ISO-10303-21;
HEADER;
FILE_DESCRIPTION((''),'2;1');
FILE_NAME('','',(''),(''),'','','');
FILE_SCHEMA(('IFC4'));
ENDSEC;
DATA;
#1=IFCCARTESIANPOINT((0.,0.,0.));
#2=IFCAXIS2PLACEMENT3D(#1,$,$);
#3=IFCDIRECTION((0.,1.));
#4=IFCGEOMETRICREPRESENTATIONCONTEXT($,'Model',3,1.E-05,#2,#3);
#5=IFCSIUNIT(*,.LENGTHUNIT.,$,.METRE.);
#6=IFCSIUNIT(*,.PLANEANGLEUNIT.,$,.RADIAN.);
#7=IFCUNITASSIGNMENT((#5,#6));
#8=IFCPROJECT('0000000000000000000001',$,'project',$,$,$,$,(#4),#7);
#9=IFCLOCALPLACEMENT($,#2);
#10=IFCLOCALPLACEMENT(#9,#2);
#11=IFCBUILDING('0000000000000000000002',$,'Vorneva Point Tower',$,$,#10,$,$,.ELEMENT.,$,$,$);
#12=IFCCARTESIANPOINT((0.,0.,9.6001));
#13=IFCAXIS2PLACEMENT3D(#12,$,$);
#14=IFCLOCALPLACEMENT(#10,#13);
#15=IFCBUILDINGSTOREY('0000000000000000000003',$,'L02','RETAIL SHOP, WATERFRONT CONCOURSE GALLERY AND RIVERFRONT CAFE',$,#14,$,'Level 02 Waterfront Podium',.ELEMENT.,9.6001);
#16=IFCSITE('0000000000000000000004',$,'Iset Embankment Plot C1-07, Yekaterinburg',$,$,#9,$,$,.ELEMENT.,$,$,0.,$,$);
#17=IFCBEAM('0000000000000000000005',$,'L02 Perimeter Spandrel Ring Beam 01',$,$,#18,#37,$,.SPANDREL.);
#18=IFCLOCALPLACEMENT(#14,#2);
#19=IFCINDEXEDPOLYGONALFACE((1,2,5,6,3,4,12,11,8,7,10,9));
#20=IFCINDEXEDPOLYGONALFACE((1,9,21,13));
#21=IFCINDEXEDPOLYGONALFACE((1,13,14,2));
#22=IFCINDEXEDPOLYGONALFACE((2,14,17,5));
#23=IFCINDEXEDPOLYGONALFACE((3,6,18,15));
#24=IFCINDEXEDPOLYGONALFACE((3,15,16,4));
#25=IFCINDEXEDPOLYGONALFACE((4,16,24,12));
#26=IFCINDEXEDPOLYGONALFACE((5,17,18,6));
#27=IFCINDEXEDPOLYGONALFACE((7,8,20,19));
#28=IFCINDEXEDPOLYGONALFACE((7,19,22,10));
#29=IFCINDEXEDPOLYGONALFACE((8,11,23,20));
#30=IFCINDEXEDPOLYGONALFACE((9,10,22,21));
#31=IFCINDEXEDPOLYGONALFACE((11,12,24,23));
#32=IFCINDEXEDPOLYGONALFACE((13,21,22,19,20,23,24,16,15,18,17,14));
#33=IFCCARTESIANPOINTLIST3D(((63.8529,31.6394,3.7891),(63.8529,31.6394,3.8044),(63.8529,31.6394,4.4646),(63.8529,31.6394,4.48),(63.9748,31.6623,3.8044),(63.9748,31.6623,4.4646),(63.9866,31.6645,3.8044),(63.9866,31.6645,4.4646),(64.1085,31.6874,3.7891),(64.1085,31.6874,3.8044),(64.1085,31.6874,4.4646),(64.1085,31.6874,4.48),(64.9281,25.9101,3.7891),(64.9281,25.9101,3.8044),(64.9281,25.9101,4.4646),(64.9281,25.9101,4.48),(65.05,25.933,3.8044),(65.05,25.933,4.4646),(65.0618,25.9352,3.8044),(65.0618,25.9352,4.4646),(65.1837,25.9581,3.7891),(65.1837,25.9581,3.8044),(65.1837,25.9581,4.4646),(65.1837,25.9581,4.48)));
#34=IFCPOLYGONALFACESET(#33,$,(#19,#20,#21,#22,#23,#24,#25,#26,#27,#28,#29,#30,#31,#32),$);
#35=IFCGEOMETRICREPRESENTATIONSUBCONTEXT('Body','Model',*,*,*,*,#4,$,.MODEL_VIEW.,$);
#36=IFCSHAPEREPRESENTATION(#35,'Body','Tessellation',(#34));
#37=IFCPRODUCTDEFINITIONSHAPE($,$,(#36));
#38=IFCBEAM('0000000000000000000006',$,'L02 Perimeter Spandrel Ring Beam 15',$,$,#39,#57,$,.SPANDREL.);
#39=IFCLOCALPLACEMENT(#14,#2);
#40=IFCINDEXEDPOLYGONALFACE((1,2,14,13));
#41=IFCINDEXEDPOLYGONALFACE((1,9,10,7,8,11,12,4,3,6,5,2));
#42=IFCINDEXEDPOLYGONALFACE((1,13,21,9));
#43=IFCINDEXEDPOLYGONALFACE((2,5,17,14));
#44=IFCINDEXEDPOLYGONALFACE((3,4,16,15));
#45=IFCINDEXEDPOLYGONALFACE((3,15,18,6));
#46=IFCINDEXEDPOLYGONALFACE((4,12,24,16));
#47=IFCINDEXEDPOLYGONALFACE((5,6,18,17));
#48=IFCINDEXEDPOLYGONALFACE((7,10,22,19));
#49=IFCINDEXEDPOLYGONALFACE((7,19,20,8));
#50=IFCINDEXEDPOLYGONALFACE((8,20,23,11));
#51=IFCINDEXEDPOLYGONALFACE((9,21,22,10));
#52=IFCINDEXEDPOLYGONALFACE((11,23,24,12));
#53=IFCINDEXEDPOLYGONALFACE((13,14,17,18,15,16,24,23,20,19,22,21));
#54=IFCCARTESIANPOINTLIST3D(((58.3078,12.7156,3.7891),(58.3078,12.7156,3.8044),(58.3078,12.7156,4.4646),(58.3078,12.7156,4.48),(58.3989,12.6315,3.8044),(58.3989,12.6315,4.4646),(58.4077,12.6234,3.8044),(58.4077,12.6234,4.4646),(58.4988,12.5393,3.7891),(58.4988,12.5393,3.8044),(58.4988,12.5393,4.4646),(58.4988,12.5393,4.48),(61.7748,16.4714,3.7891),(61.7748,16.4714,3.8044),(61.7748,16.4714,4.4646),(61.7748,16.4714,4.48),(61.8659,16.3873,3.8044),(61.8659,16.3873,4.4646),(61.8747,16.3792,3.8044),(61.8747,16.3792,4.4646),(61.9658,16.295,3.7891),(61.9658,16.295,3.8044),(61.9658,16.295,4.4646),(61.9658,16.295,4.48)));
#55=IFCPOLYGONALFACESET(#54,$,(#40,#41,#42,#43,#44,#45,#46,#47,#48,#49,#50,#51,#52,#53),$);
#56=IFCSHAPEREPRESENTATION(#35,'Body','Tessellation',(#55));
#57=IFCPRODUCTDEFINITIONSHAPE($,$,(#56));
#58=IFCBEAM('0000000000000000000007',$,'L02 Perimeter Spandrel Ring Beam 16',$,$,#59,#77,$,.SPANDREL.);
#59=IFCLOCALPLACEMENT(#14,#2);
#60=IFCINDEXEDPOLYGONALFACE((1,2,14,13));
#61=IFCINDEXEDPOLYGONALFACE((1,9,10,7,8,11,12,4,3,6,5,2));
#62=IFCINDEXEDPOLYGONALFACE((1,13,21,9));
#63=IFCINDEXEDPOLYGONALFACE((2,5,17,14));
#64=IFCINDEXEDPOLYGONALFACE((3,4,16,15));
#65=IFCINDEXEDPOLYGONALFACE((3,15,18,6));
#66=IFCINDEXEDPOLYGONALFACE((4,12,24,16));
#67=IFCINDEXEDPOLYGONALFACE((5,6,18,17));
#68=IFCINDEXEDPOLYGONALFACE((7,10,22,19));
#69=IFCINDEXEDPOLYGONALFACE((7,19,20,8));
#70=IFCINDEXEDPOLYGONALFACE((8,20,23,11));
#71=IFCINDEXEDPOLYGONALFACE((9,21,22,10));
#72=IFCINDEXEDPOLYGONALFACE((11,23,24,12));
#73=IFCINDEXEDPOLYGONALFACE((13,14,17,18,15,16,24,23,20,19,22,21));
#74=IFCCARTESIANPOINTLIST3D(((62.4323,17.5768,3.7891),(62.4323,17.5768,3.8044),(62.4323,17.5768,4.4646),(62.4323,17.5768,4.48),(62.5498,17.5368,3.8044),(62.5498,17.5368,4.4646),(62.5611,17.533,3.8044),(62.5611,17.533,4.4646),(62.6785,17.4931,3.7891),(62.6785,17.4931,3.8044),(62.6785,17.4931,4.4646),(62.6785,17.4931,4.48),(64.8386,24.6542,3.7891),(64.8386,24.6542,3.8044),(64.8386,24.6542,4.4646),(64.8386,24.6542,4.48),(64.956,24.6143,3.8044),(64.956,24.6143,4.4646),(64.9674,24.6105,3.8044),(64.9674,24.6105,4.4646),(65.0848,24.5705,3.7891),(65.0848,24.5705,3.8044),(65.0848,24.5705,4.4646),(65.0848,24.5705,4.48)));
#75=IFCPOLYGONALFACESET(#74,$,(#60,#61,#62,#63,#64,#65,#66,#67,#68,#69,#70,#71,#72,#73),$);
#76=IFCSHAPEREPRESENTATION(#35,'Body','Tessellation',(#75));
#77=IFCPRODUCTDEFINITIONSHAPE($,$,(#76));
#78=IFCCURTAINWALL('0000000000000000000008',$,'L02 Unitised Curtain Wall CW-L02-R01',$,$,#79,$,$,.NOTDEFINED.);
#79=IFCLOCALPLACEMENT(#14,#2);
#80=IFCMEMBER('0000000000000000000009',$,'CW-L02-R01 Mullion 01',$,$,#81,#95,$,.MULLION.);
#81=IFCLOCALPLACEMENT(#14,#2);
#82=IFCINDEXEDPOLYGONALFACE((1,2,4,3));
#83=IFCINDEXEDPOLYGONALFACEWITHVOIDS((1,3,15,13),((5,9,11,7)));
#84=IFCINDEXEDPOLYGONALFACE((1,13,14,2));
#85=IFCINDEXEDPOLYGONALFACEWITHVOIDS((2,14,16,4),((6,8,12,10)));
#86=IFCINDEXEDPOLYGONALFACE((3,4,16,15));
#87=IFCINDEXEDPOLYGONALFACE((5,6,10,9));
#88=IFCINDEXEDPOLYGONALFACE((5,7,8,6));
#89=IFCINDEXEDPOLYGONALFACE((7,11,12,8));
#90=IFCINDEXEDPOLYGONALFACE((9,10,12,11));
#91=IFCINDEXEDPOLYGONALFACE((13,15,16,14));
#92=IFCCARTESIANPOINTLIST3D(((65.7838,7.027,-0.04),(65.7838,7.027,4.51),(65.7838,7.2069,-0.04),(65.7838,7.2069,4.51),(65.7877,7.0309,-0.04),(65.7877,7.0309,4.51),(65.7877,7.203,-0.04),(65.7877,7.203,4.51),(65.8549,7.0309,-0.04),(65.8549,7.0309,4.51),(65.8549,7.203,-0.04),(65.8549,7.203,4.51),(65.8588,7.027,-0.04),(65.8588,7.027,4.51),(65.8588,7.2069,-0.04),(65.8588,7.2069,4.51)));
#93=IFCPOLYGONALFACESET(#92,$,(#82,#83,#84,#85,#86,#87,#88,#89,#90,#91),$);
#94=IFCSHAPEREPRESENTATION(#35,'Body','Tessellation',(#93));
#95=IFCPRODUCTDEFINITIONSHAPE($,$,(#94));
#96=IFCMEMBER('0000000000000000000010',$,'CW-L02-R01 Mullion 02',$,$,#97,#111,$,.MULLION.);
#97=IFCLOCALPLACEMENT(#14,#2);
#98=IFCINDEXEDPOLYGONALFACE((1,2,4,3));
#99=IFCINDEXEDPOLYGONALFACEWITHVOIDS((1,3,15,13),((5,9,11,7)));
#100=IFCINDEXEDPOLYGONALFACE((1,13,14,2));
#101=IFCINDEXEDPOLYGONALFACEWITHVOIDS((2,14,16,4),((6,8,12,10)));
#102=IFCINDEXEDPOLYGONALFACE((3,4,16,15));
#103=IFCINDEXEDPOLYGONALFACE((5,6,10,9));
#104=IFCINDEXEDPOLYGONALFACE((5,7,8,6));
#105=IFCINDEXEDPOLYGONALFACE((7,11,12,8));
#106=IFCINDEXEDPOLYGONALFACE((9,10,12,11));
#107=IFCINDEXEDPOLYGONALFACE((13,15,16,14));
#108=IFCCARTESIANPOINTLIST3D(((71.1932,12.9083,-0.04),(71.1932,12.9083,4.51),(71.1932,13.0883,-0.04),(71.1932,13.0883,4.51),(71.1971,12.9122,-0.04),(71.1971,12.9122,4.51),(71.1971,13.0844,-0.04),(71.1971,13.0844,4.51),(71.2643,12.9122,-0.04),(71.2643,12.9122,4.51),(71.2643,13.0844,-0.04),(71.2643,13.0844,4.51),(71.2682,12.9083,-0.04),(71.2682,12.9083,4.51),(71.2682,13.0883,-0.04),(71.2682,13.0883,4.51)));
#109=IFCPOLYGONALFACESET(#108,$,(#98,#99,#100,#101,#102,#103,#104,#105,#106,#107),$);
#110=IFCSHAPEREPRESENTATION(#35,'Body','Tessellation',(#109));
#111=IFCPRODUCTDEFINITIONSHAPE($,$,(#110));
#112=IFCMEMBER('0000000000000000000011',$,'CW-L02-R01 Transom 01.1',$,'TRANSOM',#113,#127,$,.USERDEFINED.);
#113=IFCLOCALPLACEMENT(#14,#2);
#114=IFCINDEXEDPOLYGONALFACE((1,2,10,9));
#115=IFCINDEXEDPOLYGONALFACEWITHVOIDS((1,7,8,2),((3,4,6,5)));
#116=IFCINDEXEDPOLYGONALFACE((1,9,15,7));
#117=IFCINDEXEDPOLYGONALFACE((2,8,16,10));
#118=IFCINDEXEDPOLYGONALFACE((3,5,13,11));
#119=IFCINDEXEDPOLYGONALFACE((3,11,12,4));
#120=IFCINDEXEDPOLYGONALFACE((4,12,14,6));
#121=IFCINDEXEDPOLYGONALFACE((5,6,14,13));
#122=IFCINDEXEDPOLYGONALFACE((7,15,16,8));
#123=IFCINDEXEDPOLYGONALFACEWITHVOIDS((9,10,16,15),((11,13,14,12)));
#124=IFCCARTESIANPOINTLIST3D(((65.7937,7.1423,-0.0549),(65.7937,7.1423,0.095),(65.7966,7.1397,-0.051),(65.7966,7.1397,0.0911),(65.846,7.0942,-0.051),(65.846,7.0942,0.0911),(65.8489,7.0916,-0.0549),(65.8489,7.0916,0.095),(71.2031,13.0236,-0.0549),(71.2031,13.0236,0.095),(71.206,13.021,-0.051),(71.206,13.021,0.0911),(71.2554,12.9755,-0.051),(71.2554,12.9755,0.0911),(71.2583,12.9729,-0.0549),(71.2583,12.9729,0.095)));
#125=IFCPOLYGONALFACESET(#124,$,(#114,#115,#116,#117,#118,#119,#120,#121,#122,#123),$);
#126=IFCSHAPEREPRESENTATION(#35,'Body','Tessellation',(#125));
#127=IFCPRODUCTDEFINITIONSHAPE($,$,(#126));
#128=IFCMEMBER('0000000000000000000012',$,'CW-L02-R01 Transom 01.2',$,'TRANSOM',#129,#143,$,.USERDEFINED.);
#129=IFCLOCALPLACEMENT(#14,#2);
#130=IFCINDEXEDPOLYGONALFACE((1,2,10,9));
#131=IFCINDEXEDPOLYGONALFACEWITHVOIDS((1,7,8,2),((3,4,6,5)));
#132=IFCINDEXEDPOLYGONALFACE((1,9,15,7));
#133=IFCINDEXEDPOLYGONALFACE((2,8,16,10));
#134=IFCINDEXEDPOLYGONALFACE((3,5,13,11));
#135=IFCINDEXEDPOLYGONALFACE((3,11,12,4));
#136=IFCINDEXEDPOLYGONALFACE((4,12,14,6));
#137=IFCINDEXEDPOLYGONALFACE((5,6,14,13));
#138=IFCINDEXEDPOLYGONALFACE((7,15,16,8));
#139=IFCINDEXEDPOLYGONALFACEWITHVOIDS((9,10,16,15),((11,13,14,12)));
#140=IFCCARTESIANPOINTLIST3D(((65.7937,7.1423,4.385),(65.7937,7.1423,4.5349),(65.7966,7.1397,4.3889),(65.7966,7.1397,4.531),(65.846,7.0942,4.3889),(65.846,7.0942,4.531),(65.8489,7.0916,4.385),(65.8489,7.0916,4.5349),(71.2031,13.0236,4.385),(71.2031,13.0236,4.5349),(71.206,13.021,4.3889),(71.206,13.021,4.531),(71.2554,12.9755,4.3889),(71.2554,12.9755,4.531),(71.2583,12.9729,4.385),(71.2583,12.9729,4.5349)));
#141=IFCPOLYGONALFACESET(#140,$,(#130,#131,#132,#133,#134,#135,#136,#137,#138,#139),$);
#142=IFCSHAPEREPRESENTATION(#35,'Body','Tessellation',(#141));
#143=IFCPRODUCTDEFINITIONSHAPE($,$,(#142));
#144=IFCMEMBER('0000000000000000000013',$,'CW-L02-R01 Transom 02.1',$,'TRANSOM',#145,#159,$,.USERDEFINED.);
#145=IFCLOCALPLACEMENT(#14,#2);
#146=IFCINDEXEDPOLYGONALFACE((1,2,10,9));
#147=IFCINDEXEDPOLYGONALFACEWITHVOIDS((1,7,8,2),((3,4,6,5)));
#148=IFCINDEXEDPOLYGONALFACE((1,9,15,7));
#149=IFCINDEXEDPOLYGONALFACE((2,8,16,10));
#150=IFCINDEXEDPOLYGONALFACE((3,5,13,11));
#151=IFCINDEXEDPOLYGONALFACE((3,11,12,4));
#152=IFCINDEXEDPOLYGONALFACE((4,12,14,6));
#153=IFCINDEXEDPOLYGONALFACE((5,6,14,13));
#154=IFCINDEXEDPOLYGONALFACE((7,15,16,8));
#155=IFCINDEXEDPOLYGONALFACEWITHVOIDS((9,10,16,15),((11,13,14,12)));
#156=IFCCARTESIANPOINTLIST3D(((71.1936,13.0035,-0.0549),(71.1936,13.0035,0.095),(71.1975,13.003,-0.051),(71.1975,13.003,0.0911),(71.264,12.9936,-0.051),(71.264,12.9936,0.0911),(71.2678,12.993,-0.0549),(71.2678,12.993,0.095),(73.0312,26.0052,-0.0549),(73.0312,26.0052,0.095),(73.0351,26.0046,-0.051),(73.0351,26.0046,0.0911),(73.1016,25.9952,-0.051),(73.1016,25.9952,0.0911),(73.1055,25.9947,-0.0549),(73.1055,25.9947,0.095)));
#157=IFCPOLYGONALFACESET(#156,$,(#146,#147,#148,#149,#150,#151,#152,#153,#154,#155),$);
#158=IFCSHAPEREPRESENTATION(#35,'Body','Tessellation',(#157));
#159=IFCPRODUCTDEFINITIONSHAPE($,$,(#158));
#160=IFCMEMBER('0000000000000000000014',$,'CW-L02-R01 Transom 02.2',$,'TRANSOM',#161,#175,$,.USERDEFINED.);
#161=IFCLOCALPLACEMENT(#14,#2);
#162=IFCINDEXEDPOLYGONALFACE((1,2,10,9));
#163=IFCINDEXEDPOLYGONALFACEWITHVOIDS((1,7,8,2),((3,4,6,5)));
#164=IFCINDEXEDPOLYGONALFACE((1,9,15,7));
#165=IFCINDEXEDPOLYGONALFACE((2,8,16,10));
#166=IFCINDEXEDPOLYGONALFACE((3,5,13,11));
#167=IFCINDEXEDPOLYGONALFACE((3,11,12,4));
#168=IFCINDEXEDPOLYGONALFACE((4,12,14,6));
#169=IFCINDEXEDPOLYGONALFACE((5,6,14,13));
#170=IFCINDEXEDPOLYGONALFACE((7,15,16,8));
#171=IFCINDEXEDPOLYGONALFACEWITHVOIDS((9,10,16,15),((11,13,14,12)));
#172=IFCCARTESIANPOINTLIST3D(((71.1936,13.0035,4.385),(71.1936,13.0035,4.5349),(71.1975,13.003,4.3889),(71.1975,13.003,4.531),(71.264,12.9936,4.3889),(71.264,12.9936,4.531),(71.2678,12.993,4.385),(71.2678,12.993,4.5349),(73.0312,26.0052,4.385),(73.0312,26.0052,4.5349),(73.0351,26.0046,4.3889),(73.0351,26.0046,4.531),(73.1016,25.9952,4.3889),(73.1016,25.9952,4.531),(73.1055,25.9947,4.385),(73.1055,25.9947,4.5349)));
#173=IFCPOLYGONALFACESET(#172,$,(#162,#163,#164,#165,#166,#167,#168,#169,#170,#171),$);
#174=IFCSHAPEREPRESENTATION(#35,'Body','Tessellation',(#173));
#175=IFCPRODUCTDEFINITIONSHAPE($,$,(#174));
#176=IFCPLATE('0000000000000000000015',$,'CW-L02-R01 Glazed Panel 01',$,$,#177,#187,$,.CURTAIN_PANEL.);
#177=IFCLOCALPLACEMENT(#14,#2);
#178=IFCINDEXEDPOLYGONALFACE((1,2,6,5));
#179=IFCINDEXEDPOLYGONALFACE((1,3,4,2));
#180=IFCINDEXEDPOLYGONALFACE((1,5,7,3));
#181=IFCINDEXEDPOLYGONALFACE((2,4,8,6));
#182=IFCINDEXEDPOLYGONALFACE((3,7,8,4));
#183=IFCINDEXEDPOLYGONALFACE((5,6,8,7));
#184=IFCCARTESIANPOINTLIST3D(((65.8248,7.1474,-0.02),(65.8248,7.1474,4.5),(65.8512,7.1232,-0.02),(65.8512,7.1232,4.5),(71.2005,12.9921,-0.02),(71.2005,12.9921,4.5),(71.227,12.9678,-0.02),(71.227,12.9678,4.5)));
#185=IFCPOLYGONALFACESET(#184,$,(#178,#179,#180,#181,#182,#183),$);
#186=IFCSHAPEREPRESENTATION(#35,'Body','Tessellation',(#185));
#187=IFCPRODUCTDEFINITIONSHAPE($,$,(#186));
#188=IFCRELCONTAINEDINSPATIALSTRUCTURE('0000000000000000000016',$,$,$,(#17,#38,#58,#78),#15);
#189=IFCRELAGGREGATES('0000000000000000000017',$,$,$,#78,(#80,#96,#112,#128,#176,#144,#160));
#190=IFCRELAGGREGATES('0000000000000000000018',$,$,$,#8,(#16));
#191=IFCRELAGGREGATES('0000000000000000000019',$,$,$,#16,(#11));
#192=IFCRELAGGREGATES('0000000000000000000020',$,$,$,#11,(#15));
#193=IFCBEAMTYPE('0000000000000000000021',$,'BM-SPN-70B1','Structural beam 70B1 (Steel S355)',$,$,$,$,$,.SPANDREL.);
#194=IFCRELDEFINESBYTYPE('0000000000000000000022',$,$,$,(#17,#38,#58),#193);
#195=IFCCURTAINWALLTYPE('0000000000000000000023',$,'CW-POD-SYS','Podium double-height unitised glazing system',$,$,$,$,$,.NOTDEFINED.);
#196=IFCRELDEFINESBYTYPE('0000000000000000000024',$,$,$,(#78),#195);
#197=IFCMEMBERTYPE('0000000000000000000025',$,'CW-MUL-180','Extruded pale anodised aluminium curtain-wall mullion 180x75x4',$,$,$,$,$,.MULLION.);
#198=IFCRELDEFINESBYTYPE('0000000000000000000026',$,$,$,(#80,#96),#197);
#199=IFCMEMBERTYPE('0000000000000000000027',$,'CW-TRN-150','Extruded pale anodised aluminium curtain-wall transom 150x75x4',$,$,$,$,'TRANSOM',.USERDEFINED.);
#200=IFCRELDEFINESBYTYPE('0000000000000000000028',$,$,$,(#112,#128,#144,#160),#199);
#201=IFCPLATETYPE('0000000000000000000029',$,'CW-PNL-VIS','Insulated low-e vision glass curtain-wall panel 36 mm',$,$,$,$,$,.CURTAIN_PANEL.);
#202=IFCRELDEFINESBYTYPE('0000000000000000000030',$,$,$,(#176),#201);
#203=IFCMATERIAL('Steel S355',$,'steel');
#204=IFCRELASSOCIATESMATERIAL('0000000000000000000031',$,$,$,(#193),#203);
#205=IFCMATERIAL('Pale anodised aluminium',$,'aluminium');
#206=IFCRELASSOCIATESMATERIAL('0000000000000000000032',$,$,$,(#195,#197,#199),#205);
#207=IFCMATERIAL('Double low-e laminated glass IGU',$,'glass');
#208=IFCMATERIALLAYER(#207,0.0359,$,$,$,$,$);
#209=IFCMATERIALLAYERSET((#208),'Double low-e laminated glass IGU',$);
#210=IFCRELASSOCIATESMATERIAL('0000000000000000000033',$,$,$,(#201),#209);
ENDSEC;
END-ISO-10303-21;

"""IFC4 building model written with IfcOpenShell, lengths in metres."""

from ifc_helpers import new_model, si_unit, direction, frame, origin, origin_2d, place, context, subcontext, project, spatial, rectangle, hollow_rectangle, i_section, extrude, material, layer, layer_set, material_profile, profile_set, type_object, element, aggregate, save


model = new_model("IFC4")

# Units and contexts
model_context = context("Model", 3, precision=1e-05, world=origin(), true_north=direction((0.0, 1.0)))
body_context = subcontext(model_context, "Body", "Model", "MODEL_VIEW")
ifc_project = project(units=[si_unit("LENGTHUNIT", "METRE"), si_unit("PLANEANGLEUNIT", "RADIAN")], contexts=[model_context])

# Site, building, storey
site_placement = place(None, origin())
site = spatial("IfcSite", under=ifc_project, at=site_placement, Name="Iset Embankment Plot C1-07, Yekaterinburg", CompositionType="ELEMENT", RefElevation=0.0)
building_placement = place(site_placement, origin())
building = spatial("IfcBuilding", under=site, at=building_placement, Name="Vorneva Point Tower", CompositionType="ELEMENT")
storey_placement = place(building_placement, frame((0.0, 0.0, 9.6001)))
storey = spatial("IfcBuildingStorey", under=building, at=storey_placement, Name="L02", Description="RETAIL SHOP, WATERFRONT CONCOURSE GALLERY AND RIVERFRONT CAFE", LongName="Level 02 Waterfront Podium", CompositionType="ELEMENT", Elevation=9.6001)

# Beams
ifc_material_1 = material(Name="Steel S355", Category="steel")
ifc_material_profile_1 = material_profile(ifc_material_1, i_section(OverallWidth=0.26, OverallDepth=0.6909, WebThickness=0.012, FlangeThickness=0.0154, at=origin_2d()), Name="70B1")
ifc_profile_set_1 = profile_set([ifc_material_profile_1], Name="Steel S355")
beam_type_1 = type_object("IfcBeamType", Name="BM-SPN-70B1", Description="Structural beam 70B1 (Steel S355)", PredefinedType="SPANDREL", material=ifc_profile_set_1)
beam_1_placement = place(storey_placement, frame((65.0559, 25.9341, 4.1345), z_axis=(-0.184448, 0.982842, 0.0), x_axis=(-0.982842, -0.184448, 0.0)))
element("IfcBeam", 1, at=beam_1_placement, inside=storey, type_object=beam_type_1, Name="L02 Perimeter Spandrel Ring Beam 01", PredefinedType="SPANDREL", context=body_context, shape_type="SweptSolid", body=[
    extrude(i_section(OverallWidth=0.26, OverallDepth=0.6909, WebThickness=0.012, FlangeThickness=0.0154, at=origin_2d()), origin(), (0.0, 0.0, 1.0), 5.8293),
])
beam_2_placement = place(storey_placement, frame((58.4033, 12.6274, 4.1345), z_axis=(0.67829, 0.734794, 0.0), x_axis=(-0.734794, 0.67829, 0.0)))
element("IfcBeam", 2, at=beam_2_placement, inside=storey, type_object=beam_type_1, Name="L02 Perimeter Spandrel Ring Beam 15", PredefinedType="SPANDREL", context=body_context, shape_type="SweptSolid", body=[
    extrude(i_section(OverallWidth=0.26, OverallDepth=0.6909, WebThickness=0.012, FlangeThickness=0.0154, at=origin_2d()), origin(), (0.0, 0.0, 1.0), 5.1113),
])
beam_3_placement = place(storey_placement, frame((62.5554, 17.5349, 4.1345), z_axis=(0.321895, 0.946775, 0.0), x_axis=(-0.946775, 0.321895, 0.0)))
element("IfcBeam", 3, at=beam_3_placement, inside=storey, type_object=beam_type_1, Name="L02 Perimeter Spandrel Ring Beam 16", PredefinedType="SPANDREL", context=body_context, shape_type="SweptSolid", body=[
    extrude(i_section(OverallWidth=0.26, OverallDepth=0.6909, WebThickness=0.012, FlangeThickness=0.0154, at=origin_2d()), origin(), (0.0, 0.0, 1.0), 7.4753),
])

# Curtain wall, members, plate
ifc_material_2 = material(Name="Pale anodised aluminium", Category="aluminium")
curtain_wall_type = type_object("IfcCurtainWallType", Name="CW-POD-SYS", Description="Podium double-height unitised glazing system", PredefinedType="NOTDEFINED", material=ifc_material_2)
curtain_wall_placement = place(storey_placement, origin())
curtain_wall = element("IfcCurtainWall", 4, at=curtain_wall_placement, inside=storey, type_object=curtain_wall_type, Name="L02 Unitised Curtain Wall CW-L02-R01", PredefinedType="NOTDEFINED")
ifc_material_profile_2 = material_profile(ifc_material_2, hollow_rectangle(XDim=0.075, YDim=0.1799, WallThickness=0.0039, at=origin_2d()), Name="AL-MUL 180x75x4")
ifc_profile_set_2 = profile_set([ifc_material_profile_2], Name="Pale anodised aluminium")
member_type_1 = type_object("IfcMemberType", Name="CW-MUL-180", Description="Extruded pale anodised aluminium curtain-wall mullion 180x75x4", PredefinedType="MULLION", material=ifc_profile_set_2)
member_1_placement = place(storey_placement, frame((65.8213, 7.1169, -0.04), z_axis=(0.0, 0.0, 1.0), x_axis=(1.0, 0.0, 0.0)))
member_1 = element("IfcMember", 5, at=member_1_placement, type_object=member_type_1, Name="CW-L02-R01 Mullion 01", PredefinedType="MULLION", context=body_context, shape_type="SweptSolid", body=[
    extrude(hollow_rectangle(XDim=0.075, YDim=0.1799, WallThickness=0.0039, at=origin_2d()), origin(), (0.0, 0.0, 1.0), 4.55),
])
member_2_placement = place(storey_placement, frame((71.2307, 12.9983, -0.04), z_axis=(0.0, 0.0, 1.0), x_axis=(1.0, 0.0, 0.0)))
member_2 = element("IfcMember", 6, at=member_2_placement, type_object=member_type_1, Name="CW-L02-R01 Mullion 02", PredefinedType="MULLION", context=body_context, shape_type="SweptSolid", body=[
    extrude(hollow_rectangle(XDim=0.075, YDim=0.1799, WallThickness=0.0039, at=origin_2d()), origin(), (0.0, 0.0, 1.0), 4.55),
])
ifc_material_profile_3 = material_profile(ifc_material_2, hollow_rectangle(XDim=0.075, YDim=0.1499, WallThickness=0.0039, at=origin_2d()), Name="AL-TRN 150x75x4")
ifc_profile_set_3 = profile_set([ifc_material_profile_3], Name="Pale anodised aluminium")
member_type_2 = type_object("IfcMemberType", Name="CW-TRN-150", Description="Extruded pale anodised aluminium curtain-wall transom 150x75x4", ElementType="TRANSOM", PredefinedType="USERDEFINED", material=ifc_profile_set_3)
member_3_placement = place(storey_placement, frame((65.8213, 7.1169, 0.02), z_axis=(0.676961, 0.736019, 0.0), x_axis=(-0.736019, 0.676961, 0.0)))
member_3 = element("IfcMember", 7, at=member_3_placement, type_object=member_type_2, Name="CW-L02-R01 Transom 01.1", ObjectType="TRANSOM", PredefinedType="USERDEFINED", context=body_context, shape_type="SweptSolid", body=[
    extrude(hollow_rectangle(XDim=0.075, YDim=0.1499, WallThickness=0.0039, at=origin_2d()), origin(), (0.0, 0.0, 1.0), 7.9907),
])
member_4_placement = place(storey_placement, frame((65.8213, 7.1169, 4.46), z_axis=(0.676961, 0.736019, 0.0), x_axis=(-0.736019, 0.676961, 0.0)))
member_4 = element("IfcMember", 8, at=member_4_placement, type_object=member_type_2, Name="CW-L02-R01 Transom 01.2", ObjectType="TRANSOM", PredefinedType="USERDEFINED", context=body_context, shape_type="SweptSolid", body=[
    extrude(hollow_rectangle(XDim=0.075, YDim=0.1499, WallThickness=0.0039, at=origin_2d()), origin(), (0.0, 0.0, 1.0), 7.9907),
])
member_5_placement = place(storey_placement, frame((71.2307, 12.9983, 0.02), z_axis=(0.139948, 0.990159, 0.0), x_axis=(-0.990159, 0.139948, 0.0)))
member_5 = element("IfcMember", 9, at=member_5_placement, type_object=member_type_2, Name="CW-L02-R01 Transom 02.1", ObjectType="TRANSOM", PredefinedType="USERDEFINED", context=body_context, shape_type="SweptSolid", body=[
    extrude(hollow_rectangle(XDim=0.075, YDim=0.1499, WallThickness=0.0039, at=origin_2d()), origin(), (0.0, 0.0, 1.0), 13.1309),
])
member_6_placement = place(storey_placement, frame((71.2307, 12.9983, 4.46), z_axis=(0.139948, 0.990159, 0.0), x_axis=(-0.990159, 0.139948, 0.0)))
member_6 = element("IfcMember", 10, at=member_6_placement, type_object=member_type_2, Name="CW-L02-R01 Transom 02.2", ObjectType="TRANSOM", PredefinedType="USERDEFINED", context=body_context, shape_type="SweptSolid", body=[
    extrude(hollow_rectangle(XDim=0.075, YDim=0.1499, WallThickness=0.0039, at=origin_2d()), origin(), (0.0, 0.0, 1.0), 13.1309),
])
ifc_material_3 = material(Name="Double low-e laminated glass IGU", Category="glass")
ifc_layer_1 = layer(ifc_material_3, 0.0359)
ifc_layer_set_1 = layer_set([ifc_layer_1], Name="Double low-e laminated glass IGU")
plate_type = type_object("IfcPlateType", Name="CW-PNL-VIS", Description="Insulated low-e vision glass curtain-wall panel 36 mm", PredefinedType="CURTAIN_PANEL", material=ifc_layer_set_1)
plate_1_placement = place(storey_placement, frame((68.5259, 10.0576, -0.02), z_axis=(0.0, 0.0, 1.0), x_axis=(0.676966, 0.736014, 0.0)))
plate_1 = element("IfcPlate", 11, at=plate_1_placement, type_object=plate_type, Name="CW-L02-R01 Glazed Panel 01", PredefinedType="CURTAIN_PANEL", context=body_context, shape_type="SweptSolid", body=[
    extrude(rectangle(XDim=7.9409, YDim=0.0359, at=origin_2d()), origin(), (0.0, 0.0, 1.0), 4.52),
])
aggregate(curtain_wall, [member_1, member_2, member_3, member_4, plate_1, member_5, member_6])

save(model, "model.ifc")
